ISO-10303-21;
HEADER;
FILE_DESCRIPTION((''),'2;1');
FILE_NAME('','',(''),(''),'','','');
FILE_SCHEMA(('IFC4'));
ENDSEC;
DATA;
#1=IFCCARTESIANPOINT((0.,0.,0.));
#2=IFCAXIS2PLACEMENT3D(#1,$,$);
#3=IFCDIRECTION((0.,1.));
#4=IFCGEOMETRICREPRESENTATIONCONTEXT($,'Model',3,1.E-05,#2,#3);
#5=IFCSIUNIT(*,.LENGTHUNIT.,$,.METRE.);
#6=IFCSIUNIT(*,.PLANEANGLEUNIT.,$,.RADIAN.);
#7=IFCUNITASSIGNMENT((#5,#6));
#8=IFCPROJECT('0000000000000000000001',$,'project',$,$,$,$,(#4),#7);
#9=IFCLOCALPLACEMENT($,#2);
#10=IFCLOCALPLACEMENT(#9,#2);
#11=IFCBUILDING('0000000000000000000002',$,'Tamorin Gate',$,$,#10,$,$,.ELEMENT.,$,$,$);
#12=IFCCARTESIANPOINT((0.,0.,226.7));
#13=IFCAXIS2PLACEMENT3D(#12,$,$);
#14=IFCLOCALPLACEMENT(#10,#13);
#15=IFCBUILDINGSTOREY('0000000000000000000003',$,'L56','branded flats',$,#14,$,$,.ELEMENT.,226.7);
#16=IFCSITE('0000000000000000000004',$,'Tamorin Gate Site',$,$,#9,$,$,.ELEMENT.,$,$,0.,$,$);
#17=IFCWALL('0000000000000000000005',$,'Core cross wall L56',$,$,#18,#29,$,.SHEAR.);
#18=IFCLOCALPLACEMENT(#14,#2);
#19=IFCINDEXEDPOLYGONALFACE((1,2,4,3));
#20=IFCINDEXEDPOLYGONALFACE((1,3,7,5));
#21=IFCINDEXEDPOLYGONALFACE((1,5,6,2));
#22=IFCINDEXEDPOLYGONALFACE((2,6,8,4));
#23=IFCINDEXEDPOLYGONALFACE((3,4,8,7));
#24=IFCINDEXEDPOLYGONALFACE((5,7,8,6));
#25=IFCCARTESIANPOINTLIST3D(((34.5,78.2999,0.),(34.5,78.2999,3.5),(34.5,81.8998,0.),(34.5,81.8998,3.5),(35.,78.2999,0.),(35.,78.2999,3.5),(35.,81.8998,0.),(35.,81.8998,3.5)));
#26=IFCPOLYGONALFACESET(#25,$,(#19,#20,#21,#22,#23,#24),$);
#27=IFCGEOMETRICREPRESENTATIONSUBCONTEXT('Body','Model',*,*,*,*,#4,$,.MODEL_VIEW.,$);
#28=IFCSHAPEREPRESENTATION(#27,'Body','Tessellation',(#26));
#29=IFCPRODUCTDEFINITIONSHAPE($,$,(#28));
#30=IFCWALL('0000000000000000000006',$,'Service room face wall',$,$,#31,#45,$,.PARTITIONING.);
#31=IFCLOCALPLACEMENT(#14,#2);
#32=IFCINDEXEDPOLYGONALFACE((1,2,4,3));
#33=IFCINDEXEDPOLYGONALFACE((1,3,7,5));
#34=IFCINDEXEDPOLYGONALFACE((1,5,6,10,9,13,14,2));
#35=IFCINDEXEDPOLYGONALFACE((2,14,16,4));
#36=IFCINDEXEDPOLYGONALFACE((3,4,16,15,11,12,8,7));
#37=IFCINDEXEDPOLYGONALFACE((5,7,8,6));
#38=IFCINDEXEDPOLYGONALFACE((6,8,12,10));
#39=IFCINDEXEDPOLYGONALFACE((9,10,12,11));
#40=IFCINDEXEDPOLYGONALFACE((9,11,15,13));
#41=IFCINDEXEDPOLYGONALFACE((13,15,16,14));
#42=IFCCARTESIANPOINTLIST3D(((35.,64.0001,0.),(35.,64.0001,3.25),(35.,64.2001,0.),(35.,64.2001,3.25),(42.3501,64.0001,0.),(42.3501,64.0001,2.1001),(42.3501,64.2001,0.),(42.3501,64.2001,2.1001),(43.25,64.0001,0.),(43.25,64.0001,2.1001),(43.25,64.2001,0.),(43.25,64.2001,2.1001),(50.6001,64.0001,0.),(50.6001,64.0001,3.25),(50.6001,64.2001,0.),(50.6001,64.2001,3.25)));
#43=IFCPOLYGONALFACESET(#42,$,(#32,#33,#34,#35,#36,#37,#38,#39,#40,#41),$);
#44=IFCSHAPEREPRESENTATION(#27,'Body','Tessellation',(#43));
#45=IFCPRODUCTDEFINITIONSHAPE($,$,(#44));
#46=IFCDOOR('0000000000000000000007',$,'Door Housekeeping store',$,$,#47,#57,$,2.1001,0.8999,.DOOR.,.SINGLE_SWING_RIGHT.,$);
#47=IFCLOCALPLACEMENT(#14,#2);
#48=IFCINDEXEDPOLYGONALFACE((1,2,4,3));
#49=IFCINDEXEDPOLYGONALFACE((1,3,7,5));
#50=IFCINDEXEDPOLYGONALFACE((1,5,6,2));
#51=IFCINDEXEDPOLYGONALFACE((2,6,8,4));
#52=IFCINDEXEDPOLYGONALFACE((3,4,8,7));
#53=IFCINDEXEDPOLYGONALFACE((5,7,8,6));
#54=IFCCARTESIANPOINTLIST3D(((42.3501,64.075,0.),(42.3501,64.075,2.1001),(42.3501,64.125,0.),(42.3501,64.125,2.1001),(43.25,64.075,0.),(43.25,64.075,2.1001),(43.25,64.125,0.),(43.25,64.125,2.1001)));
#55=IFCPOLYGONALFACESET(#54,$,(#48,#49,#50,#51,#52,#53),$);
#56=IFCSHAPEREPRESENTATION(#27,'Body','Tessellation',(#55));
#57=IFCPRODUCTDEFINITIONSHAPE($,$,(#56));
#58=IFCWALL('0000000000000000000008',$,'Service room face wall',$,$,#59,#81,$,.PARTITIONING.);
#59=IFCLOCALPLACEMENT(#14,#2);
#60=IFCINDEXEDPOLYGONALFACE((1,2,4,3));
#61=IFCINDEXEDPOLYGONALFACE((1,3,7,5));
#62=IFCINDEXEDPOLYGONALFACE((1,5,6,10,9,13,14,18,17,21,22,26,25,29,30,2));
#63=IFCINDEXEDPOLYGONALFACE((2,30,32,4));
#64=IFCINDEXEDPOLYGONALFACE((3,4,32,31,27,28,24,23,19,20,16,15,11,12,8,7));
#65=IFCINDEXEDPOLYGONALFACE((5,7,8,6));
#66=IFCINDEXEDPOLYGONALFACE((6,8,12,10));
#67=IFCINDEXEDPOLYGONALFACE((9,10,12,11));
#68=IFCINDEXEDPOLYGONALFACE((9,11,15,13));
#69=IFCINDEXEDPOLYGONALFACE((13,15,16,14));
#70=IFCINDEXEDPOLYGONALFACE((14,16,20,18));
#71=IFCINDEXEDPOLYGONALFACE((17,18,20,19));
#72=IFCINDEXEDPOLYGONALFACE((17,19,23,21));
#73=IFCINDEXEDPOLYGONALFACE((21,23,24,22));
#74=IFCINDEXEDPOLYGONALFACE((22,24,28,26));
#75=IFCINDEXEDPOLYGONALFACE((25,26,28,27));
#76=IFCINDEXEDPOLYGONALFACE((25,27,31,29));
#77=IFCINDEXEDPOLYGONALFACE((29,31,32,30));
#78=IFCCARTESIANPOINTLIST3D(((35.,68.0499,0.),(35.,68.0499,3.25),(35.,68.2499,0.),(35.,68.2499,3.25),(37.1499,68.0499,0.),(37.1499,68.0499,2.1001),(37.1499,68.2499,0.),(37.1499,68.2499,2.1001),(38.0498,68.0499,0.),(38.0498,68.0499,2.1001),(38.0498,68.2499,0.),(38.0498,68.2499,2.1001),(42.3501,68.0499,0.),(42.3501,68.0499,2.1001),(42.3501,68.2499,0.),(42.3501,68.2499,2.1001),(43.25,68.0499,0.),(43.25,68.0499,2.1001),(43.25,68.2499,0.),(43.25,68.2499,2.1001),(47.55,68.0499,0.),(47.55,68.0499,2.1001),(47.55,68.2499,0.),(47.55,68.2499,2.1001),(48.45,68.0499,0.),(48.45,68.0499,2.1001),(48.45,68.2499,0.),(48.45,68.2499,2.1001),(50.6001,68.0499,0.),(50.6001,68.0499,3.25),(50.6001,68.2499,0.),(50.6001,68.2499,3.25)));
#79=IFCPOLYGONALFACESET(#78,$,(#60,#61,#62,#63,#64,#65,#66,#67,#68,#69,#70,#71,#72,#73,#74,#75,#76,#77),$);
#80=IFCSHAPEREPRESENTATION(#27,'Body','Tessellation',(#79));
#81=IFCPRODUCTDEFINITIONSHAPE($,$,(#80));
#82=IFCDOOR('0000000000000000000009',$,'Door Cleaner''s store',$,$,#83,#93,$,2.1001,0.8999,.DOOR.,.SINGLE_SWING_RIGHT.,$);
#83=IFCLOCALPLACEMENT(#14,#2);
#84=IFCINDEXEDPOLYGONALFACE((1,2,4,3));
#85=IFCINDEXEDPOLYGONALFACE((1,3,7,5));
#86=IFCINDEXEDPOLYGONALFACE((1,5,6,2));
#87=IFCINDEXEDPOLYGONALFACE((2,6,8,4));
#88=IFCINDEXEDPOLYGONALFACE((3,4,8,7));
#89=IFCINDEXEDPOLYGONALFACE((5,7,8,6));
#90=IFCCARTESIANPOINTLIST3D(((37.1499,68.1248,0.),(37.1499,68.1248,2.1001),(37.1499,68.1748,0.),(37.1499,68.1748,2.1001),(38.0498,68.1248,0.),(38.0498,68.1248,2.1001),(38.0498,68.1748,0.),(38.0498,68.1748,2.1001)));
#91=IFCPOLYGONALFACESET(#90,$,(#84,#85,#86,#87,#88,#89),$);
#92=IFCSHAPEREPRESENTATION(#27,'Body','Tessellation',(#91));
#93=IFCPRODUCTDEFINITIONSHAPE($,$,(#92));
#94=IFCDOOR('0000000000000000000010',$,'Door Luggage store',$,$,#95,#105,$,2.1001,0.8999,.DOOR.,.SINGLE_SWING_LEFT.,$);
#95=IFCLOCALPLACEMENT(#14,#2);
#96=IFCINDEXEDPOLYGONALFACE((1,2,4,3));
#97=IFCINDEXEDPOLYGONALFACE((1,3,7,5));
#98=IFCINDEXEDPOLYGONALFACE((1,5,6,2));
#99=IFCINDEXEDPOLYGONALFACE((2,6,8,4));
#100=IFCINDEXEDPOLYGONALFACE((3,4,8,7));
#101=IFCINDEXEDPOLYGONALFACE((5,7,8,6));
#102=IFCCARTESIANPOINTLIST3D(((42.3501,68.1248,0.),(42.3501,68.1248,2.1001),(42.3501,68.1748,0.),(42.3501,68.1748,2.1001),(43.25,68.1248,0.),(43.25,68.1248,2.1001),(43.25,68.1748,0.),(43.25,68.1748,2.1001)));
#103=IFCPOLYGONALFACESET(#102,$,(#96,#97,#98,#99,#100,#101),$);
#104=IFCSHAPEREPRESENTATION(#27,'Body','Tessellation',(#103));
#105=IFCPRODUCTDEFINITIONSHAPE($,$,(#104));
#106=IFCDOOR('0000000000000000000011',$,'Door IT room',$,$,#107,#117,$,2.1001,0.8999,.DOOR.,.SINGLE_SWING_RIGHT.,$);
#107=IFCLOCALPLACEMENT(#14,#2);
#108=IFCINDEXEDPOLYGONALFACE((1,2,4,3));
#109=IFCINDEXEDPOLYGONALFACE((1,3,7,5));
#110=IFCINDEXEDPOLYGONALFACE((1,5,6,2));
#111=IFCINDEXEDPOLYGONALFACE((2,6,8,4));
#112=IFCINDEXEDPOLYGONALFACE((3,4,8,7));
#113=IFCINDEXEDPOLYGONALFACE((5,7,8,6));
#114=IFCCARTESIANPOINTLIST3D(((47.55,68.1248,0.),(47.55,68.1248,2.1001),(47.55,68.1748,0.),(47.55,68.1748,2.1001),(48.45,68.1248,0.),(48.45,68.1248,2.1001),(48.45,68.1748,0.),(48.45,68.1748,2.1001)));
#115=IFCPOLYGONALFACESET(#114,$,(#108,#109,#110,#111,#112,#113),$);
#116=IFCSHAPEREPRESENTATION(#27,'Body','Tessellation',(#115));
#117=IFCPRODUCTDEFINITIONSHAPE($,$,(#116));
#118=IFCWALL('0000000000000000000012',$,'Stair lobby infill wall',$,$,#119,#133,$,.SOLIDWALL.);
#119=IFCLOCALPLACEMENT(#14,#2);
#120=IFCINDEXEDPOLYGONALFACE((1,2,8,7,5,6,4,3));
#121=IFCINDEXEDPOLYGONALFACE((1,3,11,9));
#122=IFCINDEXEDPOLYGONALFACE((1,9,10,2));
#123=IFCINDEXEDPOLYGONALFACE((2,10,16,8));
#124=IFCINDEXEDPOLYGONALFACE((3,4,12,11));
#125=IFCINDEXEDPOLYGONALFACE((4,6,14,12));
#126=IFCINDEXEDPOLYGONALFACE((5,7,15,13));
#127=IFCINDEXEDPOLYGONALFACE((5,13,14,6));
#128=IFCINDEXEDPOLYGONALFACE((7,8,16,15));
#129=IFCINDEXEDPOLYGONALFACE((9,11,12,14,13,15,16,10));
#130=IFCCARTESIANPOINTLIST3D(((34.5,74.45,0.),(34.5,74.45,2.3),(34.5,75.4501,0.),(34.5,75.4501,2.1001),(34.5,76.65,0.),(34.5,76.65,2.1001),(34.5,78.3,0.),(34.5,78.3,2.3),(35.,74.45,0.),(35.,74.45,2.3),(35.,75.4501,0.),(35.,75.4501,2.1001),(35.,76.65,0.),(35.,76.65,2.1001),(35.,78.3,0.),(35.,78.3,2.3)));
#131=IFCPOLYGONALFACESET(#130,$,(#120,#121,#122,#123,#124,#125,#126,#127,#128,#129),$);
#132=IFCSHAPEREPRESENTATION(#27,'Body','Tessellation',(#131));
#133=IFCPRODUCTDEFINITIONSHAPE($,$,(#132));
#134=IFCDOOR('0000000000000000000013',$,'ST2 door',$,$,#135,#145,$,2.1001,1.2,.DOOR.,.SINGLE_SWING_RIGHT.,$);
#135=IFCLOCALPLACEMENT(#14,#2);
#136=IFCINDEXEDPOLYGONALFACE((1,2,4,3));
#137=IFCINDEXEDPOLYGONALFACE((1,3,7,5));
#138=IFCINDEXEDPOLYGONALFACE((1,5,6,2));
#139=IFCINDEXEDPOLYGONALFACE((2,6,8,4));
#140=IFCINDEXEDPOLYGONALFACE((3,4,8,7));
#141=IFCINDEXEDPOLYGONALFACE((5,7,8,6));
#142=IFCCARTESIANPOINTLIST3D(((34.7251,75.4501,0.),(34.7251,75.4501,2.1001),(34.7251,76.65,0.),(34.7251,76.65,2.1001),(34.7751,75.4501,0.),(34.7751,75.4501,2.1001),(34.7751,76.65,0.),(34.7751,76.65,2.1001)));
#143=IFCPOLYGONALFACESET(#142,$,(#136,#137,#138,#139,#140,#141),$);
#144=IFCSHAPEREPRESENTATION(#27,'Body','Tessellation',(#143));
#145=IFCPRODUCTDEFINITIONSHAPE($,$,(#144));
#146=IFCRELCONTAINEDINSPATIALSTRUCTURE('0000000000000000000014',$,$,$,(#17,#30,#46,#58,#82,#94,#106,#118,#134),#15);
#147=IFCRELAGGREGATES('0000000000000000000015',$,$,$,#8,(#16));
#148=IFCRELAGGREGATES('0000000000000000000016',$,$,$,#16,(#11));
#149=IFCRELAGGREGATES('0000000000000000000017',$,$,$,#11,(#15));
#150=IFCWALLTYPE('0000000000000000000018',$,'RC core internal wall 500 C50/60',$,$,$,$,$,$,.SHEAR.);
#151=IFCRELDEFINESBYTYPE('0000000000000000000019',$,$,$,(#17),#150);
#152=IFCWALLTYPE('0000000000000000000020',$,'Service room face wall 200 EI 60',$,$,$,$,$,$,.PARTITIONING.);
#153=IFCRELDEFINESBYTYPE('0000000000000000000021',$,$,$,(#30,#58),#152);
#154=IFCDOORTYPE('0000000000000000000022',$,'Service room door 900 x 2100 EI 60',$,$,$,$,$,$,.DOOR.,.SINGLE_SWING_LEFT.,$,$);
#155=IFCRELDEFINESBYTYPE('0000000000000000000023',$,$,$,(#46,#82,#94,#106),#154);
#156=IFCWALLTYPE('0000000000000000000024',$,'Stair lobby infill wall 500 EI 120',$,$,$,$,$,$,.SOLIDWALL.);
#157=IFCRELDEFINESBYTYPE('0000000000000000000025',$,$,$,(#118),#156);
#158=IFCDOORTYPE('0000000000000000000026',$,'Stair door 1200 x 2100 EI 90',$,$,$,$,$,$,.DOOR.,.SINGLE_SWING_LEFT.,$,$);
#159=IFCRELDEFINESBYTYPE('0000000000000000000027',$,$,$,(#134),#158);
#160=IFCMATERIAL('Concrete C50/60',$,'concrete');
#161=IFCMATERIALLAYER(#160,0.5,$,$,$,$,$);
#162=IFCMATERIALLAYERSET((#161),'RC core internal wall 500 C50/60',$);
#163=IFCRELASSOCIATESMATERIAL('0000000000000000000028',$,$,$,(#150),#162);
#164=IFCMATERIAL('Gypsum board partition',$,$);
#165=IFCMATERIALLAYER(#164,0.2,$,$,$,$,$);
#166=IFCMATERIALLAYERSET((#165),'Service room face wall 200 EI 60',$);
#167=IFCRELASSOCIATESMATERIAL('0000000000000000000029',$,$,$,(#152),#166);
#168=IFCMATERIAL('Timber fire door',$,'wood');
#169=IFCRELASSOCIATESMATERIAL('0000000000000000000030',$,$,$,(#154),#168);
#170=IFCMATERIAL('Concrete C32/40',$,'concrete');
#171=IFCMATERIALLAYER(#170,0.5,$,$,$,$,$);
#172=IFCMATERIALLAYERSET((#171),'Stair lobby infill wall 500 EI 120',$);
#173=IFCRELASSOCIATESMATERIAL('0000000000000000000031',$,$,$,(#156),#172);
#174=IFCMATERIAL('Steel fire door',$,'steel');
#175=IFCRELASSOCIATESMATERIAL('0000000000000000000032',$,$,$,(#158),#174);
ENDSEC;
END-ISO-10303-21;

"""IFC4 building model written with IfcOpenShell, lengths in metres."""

from ifc_helpers import new_model, si_unit, direction, frame, frame_2d, origin, place, context, subcontext, project, spatial, rectangle, extrude, material, layer, layer_set, type_object, element, fill, save


model = new_model("IFC4")

# Units and contexts
model_context = context("Model", 3, precision=1e-05, world=origin(), true_north=direction((0.0, 1.0)))
body_context = subcontext(model_context, "Body", "Model", "MODEL_VIEW")
ifc_project = project(units=[si_unit("LENGTHUNIT", "METRE"), si_unit("PLANEANGLEUNIT", "RADIAN")], contexts=[model_context])

# Site, building, storey
site_placement = place(None, origin())
site = spatial("IfcSite", under=ifc_project, at=site_placement, Name="Tamorin Gate Site", CompositionType="ELEMENT", RefElevation=0.0)
building_placement = place(site_placement, origin())
building = spatial("IfcBuilding", under=site, at=building_placement, Name="Tamorin Gate", CompositionType="ELEMENT")
storey_placement = place(building_placement, frame((0.0, 0.0, 226.7)))
storey = spatial("IfcBuildingStorey", under=building, at=storey_placement, Name="L56", Description="branded flats", CompositionType="ELEMENT", Elevation=226.7)

# Shared definitions
ifc_material_1 = material(Name="Concrete C50/60", Category="concrete")

# Shared definitions
ifc_material_2 = material(Name="Concrete C32/40", Category="concrete")

# Wall
ifc_layer_1 = layer(ifc_material_1, 0.5)
ifc_layer_set_1 = layer_set([ifc_layer_1], Name="RC core internal wall 500 C50/60")
wall_type_1 = type_object("IfcWallType", Name="RC core internal wall 500 C50/60", PredefinedType="SHEAR", material=ifc_layer_set_1)
wall_1_placement = place(storey_placement, frame((34.75, 78.3, 0.0), z_axis=(0.0, 0.0, 1.0), x_axis=(0.0, 1.0, 0.0)))
element("IfcWall", 1, at=wall_1_placement, inside=storey, type_object=wall_type_1, Name="Core cross wall L56", PredefinedType="SHEAR", context=body_context, shape_type="SweptSolid", body=[
    extrude(rectangle(XDim=3.5999, YDim=0.5, at=frame_2d((1.7998, 0.0))), origin(), (0.0, 0.0, 1.0), 3.5),
])

# Wall, opening, door
ifc_material_3 = material(Name="Gypsum board partition")
ifc_layer_2 = layer(ifc_material_3, 0.2)
ifc_layer_set_2 = layer_set([ifc_layer_2], Name="Service room face wall 200 EI 60")
wall_type_2 = type_object("IfcWallType", Name="Service room face wall 200 EI 60", PredefinedType="PARTITIONING", material=ifc_layer_set_2)
wall_2_placement = place(storey_placement, frame((35.0, 64.1001, 0.0), z_axis=(0.0, 0.0, 1.0), x_axis=(1.0, 0.0, 0.0)))
wall_2 = element("IfcWall", 2, at=wall_2_placement, inside=storey, type_object=wall_type_2, Name="Service room face wall", PredefinedType="PARTITIONING", context=body_context, shape_type="SweptSolid", body=[
    extrude(rectangle(XDim=15.6001, YDim=0.2, at=frame_2d((7.8, 0.0))), origin(), (0.0, 0.0, 1.0), 3.25),
])
opening_1_placement = place(wall_2_placement, frame((7.3501, 0.0, 0.0)))
opening_1 = element("IfcOpeningElement", 3, at=opening_1_placement, cuts=wall_2, PredefinedType="OPENING", context=body_context, shape_type="SweptSolid", body=[
    extrude(rectangle(XDim=0.8999, YDim=2.1001, at=frame_2d((0.45, 1.05))), frame((0.0, 0.1099, 0.0), z_axis=(0.0, -1.0, 0.0), x_axis=(1.0, 0.0, 0.0)), (0.0, 0.0, 1.0), 0.22),
])
ifc_material_4 = material(Name="Timber fire door", Category="wood")
door_type_1 = type_object("IfcDoorType", Name="Service room door 900 x 2100 EI 60", OperationType="SINGLE_SWING_LEFT", PredefinedType="DOOR", material=ifc_material_4)
door_1_placement = place(opening_1_placement, origin())
door_1 = element("IfcDoor", 4, at=door_1_placement, inside=storey, type_object=door_type_1, Name="Door Housekeeping store", OperationType="SINGLE_SWING_RIGHT", OverallHeight=2.1001, OverallWidth=0.8999, PredefinedType="DOOR", context=body_context, shape_type="SweptSolid", body=[
    extrude(rectangle(XDim=0.8999, YDim=2.1001, at=frame_2d((0.45, 1.05))), frame((0.0, 0.0249, 0.0), z_axis=(0.0, -1.0, 0.0), x_axis=(1.0, 0.0, 0.0)), (0.0, 0.0, 1.0), 0.05),
])
fill(opening_1, door_1)

# Wall, openings, doors
wall_3_placement = place(storey_placement, frame((35.0, 68.1499, 0.0), z_axis=(0.0, 0.0, 1.0), x_axis=(1.0, 0.0, 0.0)))
wall_3 = element("IfcWall", 5, at=wall_3_placement, inside=storey, type_object=wall_type_2, Name="Service room face wall", PredefinedType="PARTITIONING", context=body_context, shape_type="SweptSolid", body=[
    extrude(rectangle(XDim=15.6001, YDim=0.2, at=frame_2d((7.8, 0.0))), origin(), (0.0, 0.0, 1.0), 3.25),
])
opening_2_placement = place(wall_3_placement, frame((2.1499, 0.0, 0.0)))
opening_2 = element("IfcOpeningElement", 6, at=opening_2_placement, cuts=wall_3, PredefinedType="OPENING", context=body_context, shape_type="SweptSolid", body=[
    extrude(rectangle(XDim=0.8999, YDim=2.1001, at=frame_2d((0.45, 1.05))), frame((0.0, 0.1099, 0.0), z_axis=(0.0, -1.0, 0.0), x_axis=(1.0, 0.0, 0.0)), (0.0, 0.0, 1.0), 0.22),
])
opening_3_placement = place(wall_3_placement, frame((7.3501, 0.0, 0.0)))
opening_3 = element("IfcOpeningElement", 7, at=opening_3_placement, cuts=wall_3, PredefinedType="OPENING", context=body_context, shape_type="SweptSolid", body=[
    extrude(rectangle(XDim=0.8999, YDim=2.1001, at=frame_2d((0.45, 1.05))), frame((0.0, 0.1099, 0.0), z_axis=(0.0, -1.0, 0.0), x_axis=(1.0, 0.0, 0.0)), (0.0, 0.0, 1.0), 0.22),
])
opening_4_placement = place(wall_3_placement, frame((12.55, 0.0, 0.0)))
opening_4 = element("IfcOpeningElement", 8, at=opening_4_placement, cuts=wall_3, PredefinedType="OPENING", context=body_context, shape_type="SweptSolid", body=[
    extrude(rectangle(XDim=0.8999, YDim=2.1001, at=frame_2d((0.45, 1.05))), frame((0.0, 0.1099, 0.0), z_axis=(0.0, -1.0, 0.0), x_axis=(1.0, 0.0, 0.0)), (0.0, 0.0, 1.0), 0.22),
])
door_2_placement = place(opening_2_placement, origin())
door_2 = element("IfcDoor", 9, at=door_2_placement, inside=storey, type_object=door_type_1, Name="Door Cleaner's store", OperationType="SINGLE_SWING_RIGHT", OverallHeight=2.1001, OverallWidth=0.8999, PredefinedType="DOOR", context=body_context, shape_type="SweptSolid", body=[
    extrude(rectangle(XDim=0.8999, YDim=2.1001, at=frame_2d((0.45, 1.05))), frame((0.0, 0.0249, 0.0), z_axis=(0.0, -1.0, 0.0), x_axis=(1.0, 0.0, 0.0)), (0.0, 0.0, 1.0), 0.05),
])
fill(opening_2, door_2)
door_3_placement = place(opening_3_placement, origin())
door_3 = element("IfcDoor", 10, at=door_3_placement, inside=storey, type_object=door_type_1, Name="Door Luggage store", OperationType="SINGLE_SWING_LEFT", OverallHeight=2.1001, OverallWidth=0.8999, PredefinedType="DOOR", context=body_context, shape_type="SweptSolid", body=[
    extrude(rectangle(XDim=0.8999, YDim=2.1001, at=frame_2d((0.45, 1.05))), frame((0.0, 0.0249, 0.0), z_axis=(0.0, -1.0, 0.0), x_axis=(1.0, 0.0, 0.0)), (0.0, 0.0, 1.0), 0.05),
])
fill(opening_3, door_3)
door_4_placement = place(opening_4_placement, origin())
door_4 = element("IfcDoor", 11, at=door_4_placement, inside=storey, type_object=door_type_1, Name="Door IT room", OperationType="SINGLE_SWING_RIGHT", OverallHeight=2.1001, OverallWidth=0.8999, PredefinedType="DOOR", context=body_context, shape_type="SweptSolid", body=[
    extrude(rectangle(XDim=0.8999, YDim=2.1001, at=frame_2d((0.45, 1.05))), frame((0.0, 0.0249, 0.0), z_axis=(0.0, -1.0, 0.0), x_axis=(1.0, 0.0, 0.0)), (0.0, 0.0, 1.0), 0.05),
])
fill(opening_4, door_4)

# Wall, opening, door
ifc_layer_3 = layer(ifc_material_2, 0.5)
ifc_layer_set_3 = layer_set([ifc_layer_3], Name="Stair lobby infill wall 500 EI 120")
wall_type_3 = type_object("IfcWallType", Name="Stair lobby infill wall 500 EI 120", PredefinedType="SOLIDWALL", material=ifc_layer_set_3)
wall_4_placement = place(storey_placement, frame((34.75, 74.45, 0.0), z_axis=(0.0, 0.0, 1.0), x_axis=(0.0, 1.0, 0.0)))
wall_4 = element("IfcWall", 12, at=wall_4_placement, inside=storey, type_object=wall_type_3, Name="Stair lobby infill wall", PredefinedType="SOLIDWALL", context=body_context, shape_type="SweptSolid", body=[
    extrude(rectangle(XDim=3.8501, YDim=0.5, at=frame_2d((1.925, 0.0))), origin(), (0.0, 0.0, 1.0), 2.3),
])
opening_5_placement = place(wall_4_placement, frame((1.0, 0.0, 0.0)))
opening_5 = element("IfcOpeningElement", 13, at=opening_5_placement, cuts=wall_4, PredefinedType="OPENING", context=body_context, shape_type="SweptSolid", body=[
    extrude(rectangle(XDim=1.2, YDim=2.1001, at=frame_2d((0.6001, 1.05))), frame((0.0, 0.26, 0.0), z_axis=(0.0, -1.0, 0.0), x_axis=(1.0, 0.0, 0.0)), (0.0, 0.0, 1.0), 0.52),
])
ifc_material_5 = material(Name="Steel fire door", Category="steel")
door_type_2 = type_object("IfcDoorType", Name="Stair door 1200 x 2100 EI 90", OperationType="SINGLE_SWING_LEFT", PredefinedType="DOOR", material=ifc_material_5)
door_5_placement = place(opening_5_placement, origin())
door_5 = element("IfcDoor", 14, at=door_5_placement, inside=storey, type_object=door_type_2, Name="ST2 door", OperationType="SINGLE_SWING_RIGHT", OverallHeight=2.1001, OverallWidth=1.2, PredefinedType="DOOR", context=body_context, shape_type="SweptSolid", body=[
    extrude(rectangle(XDim=1.2, YDim=2.1001, at=frame_2d((0.6001, 1.05))), frame((0.0, 0.0249, 0.0), z_axis=(0.0, -1.0, 0.0), x_axis=(1.0, 0.0, 0.0)), (0.0, 0.0, 1.0), 0.05),
])
fill(opening_5, door_5)

save(model, "model.ifc")
